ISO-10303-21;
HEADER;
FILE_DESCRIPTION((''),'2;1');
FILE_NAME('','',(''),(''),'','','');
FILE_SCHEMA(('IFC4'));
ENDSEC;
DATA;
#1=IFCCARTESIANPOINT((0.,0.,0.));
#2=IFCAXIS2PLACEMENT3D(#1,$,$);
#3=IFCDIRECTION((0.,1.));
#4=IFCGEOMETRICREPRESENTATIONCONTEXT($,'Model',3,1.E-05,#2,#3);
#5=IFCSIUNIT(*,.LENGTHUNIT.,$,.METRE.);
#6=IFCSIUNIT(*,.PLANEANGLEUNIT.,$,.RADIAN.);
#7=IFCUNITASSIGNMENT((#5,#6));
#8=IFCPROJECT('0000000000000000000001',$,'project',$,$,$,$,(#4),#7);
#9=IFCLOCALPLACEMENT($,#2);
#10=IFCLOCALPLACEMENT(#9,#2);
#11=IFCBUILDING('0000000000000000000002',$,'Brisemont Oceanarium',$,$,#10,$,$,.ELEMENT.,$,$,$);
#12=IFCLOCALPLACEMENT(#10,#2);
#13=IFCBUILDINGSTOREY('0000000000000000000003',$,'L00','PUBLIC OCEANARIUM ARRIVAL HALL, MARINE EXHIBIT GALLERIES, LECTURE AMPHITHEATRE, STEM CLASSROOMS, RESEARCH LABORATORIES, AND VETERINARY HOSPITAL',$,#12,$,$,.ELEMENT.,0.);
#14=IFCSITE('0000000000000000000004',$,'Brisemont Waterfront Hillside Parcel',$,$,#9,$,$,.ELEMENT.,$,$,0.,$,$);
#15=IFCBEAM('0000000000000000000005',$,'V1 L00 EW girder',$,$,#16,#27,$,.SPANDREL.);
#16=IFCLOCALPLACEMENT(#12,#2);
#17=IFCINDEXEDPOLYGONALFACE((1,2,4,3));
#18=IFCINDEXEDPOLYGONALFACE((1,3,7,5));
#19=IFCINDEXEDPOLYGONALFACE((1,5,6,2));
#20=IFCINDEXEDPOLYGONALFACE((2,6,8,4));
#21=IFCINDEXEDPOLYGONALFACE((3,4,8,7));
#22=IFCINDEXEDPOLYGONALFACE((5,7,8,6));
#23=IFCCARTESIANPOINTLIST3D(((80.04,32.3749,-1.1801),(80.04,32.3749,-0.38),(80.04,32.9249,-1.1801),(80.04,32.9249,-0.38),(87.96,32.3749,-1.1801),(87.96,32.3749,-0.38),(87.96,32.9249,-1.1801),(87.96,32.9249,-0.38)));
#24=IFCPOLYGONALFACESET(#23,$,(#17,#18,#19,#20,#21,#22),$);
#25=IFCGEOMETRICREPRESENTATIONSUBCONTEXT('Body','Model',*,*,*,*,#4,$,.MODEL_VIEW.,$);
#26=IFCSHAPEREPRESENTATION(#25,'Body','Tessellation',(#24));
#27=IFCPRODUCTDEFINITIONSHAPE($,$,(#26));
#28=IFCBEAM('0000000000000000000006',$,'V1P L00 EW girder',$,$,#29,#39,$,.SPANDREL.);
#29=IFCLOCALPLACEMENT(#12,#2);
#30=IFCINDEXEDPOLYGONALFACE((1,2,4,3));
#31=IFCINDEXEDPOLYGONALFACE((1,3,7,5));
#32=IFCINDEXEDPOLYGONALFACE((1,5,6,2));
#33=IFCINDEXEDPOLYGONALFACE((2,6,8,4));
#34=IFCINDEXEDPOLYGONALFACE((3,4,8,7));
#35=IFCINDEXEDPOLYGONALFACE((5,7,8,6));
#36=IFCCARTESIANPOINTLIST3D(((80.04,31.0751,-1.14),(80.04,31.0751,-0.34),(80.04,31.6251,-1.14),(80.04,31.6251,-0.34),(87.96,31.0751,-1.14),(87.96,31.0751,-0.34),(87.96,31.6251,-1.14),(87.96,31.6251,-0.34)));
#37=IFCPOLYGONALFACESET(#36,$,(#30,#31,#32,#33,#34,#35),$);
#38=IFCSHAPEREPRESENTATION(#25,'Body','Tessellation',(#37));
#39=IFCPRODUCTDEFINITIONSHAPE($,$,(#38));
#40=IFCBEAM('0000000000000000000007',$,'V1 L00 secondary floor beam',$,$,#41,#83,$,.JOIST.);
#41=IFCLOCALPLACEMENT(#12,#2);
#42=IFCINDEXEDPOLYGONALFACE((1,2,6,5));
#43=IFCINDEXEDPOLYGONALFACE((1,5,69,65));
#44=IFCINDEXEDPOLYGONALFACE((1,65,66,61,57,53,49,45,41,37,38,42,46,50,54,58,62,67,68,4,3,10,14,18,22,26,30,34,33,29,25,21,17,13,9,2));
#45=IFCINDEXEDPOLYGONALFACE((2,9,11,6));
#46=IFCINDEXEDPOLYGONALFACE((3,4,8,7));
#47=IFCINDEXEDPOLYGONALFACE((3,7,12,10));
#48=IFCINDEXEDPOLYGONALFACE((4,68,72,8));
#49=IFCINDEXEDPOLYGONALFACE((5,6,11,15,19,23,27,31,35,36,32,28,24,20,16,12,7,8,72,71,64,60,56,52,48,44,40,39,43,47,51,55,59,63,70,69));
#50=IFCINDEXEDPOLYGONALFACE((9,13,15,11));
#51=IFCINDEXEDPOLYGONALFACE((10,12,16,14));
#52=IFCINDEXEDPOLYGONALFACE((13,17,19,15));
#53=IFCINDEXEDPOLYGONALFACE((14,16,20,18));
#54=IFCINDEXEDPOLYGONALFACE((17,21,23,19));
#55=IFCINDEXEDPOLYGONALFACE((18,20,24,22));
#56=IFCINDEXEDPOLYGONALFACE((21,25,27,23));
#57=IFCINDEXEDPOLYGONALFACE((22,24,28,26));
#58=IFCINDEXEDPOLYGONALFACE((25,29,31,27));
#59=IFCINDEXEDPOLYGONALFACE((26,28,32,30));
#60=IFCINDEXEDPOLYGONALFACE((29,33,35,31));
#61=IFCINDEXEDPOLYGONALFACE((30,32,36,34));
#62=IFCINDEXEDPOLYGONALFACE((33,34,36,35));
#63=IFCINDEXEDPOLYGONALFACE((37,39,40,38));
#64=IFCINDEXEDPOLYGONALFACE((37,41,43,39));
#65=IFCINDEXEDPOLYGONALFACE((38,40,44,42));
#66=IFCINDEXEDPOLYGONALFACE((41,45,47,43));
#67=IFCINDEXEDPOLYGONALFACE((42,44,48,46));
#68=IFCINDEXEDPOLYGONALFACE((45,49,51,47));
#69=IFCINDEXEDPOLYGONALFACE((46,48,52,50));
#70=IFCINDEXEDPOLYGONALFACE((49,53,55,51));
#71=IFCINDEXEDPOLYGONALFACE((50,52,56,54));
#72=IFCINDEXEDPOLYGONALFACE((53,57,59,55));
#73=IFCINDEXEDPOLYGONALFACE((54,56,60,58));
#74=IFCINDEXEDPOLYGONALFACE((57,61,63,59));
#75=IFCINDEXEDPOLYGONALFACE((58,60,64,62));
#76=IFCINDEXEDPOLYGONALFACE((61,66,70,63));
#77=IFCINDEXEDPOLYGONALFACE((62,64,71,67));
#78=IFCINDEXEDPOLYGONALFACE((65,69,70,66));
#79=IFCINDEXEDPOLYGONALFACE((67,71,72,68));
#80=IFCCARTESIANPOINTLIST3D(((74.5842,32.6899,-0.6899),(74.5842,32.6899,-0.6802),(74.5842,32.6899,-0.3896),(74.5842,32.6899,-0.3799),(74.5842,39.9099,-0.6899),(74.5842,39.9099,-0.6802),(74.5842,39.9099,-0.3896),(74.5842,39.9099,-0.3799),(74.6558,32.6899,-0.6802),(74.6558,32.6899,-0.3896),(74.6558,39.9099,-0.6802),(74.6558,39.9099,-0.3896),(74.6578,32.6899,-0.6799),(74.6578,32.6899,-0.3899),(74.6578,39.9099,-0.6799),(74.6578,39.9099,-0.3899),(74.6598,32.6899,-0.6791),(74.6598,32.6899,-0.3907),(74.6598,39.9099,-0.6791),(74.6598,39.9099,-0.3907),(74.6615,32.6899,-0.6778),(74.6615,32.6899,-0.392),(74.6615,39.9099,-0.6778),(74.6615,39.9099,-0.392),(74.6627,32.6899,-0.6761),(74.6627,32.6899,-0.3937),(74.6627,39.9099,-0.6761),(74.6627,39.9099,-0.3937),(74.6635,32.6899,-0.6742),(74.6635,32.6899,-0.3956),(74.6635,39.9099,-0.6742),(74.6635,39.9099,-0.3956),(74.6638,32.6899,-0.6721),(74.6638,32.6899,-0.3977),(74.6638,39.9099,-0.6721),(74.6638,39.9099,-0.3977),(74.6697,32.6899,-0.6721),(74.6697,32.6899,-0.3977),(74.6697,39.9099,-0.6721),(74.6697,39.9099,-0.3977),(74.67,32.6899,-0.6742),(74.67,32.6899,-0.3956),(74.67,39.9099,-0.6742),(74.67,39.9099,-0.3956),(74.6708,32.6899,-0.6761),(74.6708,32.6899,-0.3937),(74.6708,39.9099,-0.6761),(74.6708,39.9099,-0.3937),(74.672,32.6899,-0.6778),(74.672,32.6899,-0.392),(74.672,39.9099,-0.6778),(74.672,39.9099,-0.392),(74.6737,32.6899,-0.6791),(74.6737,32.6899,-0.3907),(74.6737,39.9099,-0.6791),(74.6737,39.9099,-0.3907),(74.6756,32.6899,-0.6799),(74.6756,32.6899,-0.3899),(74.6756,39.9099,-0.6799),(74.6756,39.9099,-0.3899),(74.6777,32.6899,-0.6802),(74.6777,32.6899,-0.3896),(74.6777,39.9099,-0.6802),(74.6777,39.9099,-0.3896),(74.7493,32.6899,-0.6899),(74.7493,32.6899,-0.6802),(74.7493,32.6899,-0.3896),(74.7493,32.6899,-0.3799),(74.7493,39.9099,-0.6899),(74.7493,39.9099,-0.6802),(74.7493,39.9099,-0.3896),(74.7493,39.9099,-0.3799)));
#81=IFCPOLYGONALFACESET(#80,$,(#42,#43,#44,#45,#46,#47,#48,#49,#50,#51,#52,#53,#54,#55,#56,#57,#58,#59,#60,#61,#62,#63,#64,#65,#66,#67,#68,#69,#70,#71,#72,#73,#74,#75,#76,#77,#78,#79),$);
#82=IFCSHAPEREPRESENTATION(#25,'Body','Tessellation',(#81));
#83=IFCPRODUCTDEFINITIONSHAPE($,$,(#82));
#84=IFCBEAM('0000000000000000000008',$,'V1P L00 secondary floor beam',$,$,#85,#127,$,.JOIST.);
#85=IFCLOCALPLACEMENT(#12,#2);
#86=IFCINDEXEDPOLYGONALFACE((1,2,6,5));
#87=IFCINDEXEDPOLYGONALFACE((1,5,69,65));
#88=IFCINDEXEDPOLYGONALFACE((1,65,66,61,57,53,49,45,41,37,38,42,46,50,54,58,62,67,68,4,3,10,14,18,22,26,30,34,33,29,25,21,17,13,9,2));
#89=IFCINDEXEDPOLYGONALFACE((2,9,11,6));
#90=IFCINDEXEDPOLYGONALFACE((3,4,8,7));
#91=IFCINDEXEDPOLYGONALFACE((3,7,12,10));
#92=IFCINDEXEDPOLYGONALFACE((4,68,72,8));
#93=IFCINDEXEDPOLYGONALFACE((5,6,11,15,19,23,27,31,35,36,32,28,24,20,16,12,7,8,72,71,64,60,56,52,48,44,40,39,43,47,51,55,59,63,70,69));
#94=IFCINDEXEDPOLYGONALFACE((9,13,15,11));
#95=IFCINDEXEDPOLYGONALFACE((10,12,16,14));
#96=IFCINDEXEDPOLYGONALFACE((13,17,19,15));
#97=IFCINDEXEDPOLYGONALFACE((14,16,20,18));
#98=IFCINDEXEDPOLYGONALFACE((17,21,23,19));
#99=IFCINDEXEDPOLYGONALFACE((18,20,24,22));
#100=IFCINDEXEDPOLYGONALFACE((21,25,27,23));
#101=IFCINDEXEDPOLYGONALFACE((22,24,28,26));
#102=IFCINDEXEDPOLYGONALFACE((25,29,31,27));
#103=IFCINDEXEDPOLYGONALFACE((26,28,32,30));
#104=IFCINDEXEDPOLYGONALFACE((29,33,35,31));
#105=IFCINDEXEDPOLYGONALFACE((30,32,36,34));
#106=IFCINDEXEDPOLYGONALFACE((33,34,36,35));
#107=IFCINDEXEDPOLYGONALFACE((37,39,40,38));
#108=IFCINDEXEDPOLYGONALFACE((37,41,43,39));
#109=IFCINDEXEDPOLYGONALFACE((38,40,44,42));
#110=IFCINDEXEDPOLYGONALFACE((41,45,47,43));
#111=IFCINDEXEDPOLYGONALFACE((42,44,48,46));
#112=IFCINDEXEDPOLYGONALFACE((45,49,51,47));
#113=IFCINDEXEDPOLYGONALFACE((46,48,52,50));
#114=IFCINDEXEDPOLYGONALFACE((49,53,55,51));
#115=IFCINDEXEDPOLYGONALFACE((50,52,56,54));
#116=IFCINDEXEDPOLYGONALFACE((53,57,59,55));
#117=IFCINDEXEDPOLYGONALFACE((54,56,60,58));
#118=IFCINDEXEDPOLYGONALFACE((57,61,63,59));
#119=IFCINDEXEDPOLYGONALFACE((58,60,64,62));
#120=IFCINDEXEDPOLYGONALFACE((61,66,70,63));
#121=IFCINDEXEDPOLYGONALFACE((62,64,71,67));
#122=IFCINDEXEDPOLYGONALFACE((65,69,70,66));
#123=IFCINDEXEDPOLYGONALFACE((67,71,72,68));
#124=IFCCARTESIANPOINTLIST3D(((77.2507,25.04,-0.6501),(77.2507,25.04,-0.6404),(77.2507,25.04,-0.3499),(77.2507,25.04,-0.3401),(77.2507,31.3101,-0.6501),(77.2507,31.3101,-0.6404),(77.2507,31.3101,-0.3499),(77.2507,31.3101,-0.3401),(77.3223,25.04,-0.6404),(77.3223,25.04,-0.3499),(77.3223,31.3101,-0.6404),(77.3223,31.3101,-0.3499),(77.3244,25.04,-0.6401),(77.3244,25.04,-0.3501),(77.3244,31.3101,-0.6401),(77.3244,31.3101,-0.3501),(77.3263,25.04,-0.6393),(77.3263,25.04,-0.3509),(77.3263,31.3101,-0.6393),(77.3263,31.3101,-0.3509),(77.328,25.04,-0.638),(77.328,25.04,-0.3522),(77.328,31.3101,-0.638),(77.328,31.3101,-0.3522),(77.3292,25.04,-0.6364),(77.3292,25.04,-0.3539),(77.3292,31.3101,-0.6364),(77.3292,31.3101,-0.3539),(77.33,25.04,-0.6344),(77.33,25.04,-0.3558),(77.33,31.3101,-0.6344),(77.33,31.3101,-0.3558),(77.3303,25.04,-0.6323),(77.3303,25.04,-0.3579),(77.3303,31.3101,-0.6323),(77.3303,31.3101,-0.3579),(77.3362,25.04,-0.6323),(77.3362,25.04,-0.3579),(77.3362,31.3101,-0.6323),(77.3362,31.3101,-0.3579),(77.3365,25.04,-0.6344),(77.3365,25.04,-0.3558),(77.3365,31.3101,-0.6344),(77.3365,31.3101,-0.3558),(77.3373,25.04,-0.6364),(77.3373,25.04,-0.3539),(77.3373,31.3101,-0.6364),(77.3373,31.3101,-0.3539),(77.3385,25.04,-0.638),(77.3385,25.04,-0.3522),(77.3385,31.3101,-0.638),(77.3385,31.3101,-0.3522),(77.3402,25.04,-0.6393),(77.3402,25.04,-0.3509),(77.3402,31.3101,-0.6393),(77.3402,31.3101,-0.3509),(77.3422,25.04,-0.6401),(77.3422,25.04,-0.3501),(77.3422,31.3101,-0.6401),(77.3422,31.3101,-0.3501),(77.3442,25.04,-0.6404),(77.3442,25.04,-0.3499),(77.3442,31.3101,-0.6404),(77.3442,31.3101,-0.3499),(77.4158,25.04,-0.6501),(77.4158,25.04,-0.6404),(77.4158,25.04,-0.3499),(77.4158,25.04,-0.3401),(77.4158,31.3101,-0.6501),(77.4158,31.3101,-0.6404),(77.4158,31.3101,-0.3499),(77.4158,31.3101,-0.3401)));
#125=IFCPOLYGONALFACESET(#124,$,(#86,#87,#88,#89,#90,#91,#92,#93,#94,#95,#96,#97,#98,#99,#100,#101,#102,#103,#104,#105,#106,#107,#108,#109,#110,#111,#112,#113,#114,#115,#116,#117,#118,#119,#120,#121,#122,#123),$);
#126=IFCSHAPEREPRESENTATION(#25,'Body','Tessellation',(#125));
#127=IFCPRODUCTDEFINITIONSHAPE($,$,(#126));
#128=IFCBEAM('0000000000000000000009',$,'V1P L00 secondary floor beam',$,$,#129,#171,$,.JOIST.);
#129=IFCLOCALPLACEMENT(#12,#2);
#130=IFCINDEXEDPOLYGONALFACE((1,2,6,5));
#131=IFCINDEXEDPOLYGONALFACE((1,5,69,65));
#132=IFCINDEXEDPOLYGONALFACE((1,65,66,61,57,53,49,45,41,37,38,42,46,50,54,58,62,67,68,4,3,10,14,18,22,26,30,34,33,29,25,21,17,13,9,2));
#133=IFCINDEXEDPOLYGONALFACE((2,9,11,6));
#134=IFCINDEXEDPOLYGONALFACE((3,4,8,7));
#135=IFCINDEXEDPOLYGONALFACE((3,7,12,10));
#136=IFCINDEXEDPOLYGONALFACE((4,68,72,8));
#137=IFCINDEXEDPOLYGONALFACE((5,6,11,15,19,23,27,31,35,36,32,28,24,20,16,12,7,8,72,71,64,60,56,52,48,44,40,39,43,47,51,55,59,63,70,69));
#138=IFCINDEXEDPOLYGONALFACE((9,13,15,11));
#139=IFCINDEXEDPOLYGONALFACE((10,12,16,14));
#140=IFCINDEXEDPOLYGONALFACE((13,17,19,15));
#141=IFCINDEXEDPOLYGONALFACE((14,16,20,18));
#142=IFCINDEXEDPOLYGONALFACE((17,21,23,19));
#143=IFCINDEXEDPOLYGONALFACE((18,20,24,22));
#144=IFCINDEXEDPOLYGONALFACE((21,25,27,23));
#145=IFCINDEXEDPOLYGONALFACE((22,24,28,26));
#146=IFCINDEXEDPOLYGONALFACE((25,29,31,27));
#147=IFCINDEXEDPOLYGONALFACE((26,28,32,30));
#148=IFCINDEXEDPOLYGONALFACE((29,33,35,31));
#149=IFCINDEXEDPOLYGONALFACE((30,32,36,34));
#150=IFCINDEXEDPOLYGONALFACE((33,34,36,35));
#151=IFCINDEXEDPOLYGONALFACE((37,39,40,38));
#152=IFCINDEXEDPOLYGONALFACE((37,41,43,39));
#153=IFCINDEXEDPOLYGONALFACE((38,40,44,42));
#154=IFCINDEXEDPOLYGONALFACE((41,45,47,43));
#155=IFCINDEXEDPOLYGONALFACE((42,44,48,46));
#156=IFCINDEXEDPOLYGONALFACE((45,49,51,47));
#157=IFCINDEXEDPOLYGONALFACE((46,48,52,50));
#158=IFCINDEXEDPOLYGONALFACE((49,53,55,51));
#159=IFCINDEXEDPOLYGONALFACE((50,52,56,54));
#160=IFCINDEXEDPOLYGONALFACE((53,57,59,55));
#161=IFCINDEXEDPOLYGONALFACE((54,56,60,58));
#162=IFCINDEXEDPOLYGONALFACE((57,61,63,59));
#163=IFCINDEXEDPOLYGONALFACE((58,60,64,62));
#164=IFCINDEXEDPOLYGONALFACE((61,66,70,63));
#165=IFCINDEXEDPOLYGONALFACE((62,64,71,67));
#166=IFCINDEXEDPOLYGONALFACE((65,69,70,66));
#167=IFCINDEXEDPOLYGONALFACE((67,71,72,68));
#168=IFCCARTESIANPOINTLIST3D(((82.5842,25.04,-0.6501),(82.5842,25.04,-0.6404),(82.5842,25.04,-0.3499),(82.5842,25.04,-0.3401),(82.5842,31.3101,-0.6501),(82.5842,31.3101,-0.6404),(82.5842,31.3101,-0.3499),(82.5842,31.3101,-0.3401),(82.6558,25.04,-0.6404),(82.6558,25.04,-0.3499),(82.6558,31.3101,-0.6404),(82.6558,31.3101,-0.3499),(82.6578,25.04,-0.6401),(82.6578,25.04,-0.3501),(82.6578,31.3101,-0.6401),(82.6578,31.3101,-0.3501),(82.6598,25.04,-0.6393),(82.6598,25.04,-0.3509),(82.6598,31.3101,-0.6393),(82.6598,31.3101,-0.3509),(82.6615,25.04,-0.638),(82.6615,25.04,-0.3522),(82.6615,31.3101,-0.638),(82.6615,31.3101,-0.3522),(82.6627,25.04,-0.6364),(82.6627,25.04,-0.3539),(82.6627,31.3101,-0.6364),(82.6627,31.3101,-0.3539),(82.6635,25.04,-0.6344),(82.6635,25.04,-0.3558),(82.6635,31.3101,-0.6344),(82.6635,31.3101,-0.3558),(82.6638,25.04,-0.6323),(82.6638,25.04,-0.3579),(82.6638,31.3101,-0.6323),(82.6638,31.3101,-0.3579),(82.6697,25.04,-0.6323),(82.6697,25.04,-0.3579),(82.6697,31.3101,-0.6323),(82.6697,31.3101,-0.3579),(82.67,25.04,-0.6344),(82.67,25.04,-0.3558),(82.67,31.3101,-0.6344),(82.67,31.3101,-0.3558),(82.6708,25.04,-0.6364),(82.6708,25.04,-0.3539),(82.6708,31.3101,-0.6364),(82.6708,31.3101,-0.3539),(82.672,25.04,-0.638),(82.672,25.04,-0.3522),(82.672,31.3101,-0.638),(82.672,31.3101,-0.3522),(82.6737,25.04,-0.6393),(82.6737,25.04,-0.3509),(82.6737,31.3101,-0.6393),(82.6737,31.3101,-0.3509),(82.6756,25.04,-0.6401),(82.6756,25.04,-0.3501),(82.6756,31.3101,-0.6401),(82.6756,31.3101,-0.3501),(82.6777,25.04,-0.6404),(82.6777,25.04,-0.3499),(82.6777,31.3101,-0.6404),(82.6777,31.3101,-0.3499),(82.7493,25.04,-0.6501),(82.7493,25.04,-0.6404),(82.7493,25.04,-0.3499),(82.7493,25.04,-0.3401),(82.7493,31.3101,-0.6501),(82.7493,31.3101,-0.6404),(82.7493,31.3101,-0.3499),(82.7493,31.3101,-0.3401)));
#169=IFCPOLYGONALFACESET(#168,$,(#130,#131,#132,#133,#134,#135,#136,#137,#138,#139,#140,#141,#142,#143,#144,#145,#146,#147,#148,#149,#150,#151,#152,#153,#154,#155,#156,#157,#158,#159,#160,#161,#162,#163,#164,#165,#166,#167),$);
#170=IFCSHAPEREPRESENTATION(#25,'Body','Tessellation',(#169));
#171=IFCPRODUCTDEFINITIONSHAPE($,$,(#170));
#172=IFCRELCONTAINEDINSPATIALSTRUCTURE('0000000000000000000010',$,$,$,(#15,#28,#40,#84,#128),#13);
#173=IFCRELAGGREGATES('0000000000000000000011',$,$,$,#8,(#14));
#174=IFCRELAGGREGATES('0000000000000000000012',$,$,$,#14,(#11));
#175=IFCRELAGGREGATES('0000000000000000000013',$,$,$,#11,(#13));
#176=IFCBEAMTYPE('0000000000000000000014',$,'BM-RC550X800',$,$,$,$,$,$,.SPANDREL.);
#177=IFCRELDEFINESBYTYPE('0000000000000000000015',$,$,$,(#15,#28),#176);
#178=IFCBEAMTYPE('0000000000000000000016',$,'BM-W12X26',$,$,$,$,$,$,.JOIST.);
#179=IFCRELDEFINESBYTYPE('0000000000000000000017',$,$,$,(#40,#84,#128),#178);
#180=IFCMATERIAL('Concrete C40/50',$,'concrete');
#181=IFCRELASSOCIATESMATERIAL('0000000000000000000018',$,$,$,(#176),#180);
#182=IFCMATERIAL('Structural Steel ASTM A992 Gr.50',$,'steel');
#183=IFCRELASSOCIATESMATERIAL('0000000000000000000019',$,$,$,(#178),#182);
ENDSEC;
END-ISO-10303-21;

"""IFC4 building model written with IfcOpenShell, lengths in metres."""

from ifc_helpers import new_model, si_unit, direction, frame, origin, origin_2d, place, context, subcontext, project, spatial, rectangle, i_section, extrude, material, material_profile, profile_set, type_object, element, save


model = new_model("IFC4")

# Units and contexts
model_context = context("Model", 3, precision=1e-05, world=origin(), true_north=direction((0.0, 1.0)))
body_context = subcontext(model_context, "Body", "Model", "MODEL_VIEW")
ifc_project = project(units=[si_unit("LENGTHUNIT", "METRE"), si_unit("PLANEANGLEUNIT", "RADIAN")], contexts=[model_context])

# Site, building, storey
site_placement = place(None, origin())
site = spatial("IfcSite", under=ifc_project, at=site_placement, Name="Brisemont Waterfront Hillside Parcel", CompositionType="ELEMENT", RefElevation=0.0)
building_placement = place(site_placement, origin())
building = spatial("IfcBuilding", under=site, at=building_placement, Name="Brisemont Oceanarium", CompositionType="ELEMENT")
storey_placement = place(building_placement, origin())
storey = spatial("IfcBuildingStorey", under=building, at=storey_placement, Name="L00", Description="PUBLIC OCEANARIUM ARRIVAL HALL, MARINE EXHIBIT GALLERIES, LECTURE AMPHITHEATRE, STEM CLASSROOMS, RESEARCH LABORATORIES, AND VETERINARY HOSPITAL", CompositionType="ELEMENT", Elevation=0.0)

# Beams
ifc_material_1 = material(Name="Concrete C40/50", Category="concrete")
ifc_material_profile_1 = material_profile(ifc_material_1, rectangle(XDim=0.55, YDim=0.8, at=origin_2d()), Name="RC-BM-550X800")
ifc_profile_set_1 = profile_set([ifc_material_profile_1], Name="Concrete C40/50")
beam_type_1 = type_object("IfcBeamType", Name="BM-RC550X800", PredefinedType="SPANDREL", material=ifc_profile_set_1)
for number, where, z_axis, x_axis, name in (
    (1, (80.04, 32.6499, -0.78), (1.0, 0.0, 0.0), (0.0, 1.0, 0.0), "V1 L00 EW girder"),
    (2, (80.04, 31.3501, -0.74), (1.0, 0.0, 0.0), (0.0, 1.0, 0.0), "V1P L00 EW girder"),
):
    element("IfcBeam", number, at=place(storey_placement, frame(where, z_axis=z_axis, x_axis=x_axis)), inside=storey, type_object=beam_type_1, Name=name, PredefinedType="SPANDREL", context=body_context, shape_type="SweptSolid", body=[
        extrude(rectangle(XDim=0.55, YDim=0.8, at=origin_2d()), origin(), (0.0, 0.0, 1.0), 7.9199),
    ])
ifc_material_2 = material(Name="Structural Steel ASTM A992 Gr.50", Category="steel")
ifc_material_profile_2 = material_profile(ifc_material_2, i_section(OverallWidth=0.165, OverallDepth=0.3101, WebThickness=0.0059, FlangeThickness=0.0098, FilletRadius=0.0081, at=origin_2d()), Name="W12X26")
ifc_profile_set_2 = profile_set([ifc_material_profile_2], Name="Structural Steel ASTM A992 Gr.50")
beam_type_2 = type_object("IfcBeamType", Name="BM-W12X26", PredefinedType="JOIST", material=ifc_profile_set_2)
beam_1_placement = place(storey_placement, frame((74.6667, 32.6899, -0.5349), z_axis=(0.0, 1.0, 0.0), x_axis=(-1.0, 0.0, 0.0)))
element("IfcBeam", 3, at=beam_1_placement, inside=storey, type_object=beam_type_2, Name="V1 L00 secondary floor beam", PredefinedType="JOIST", context=body_context, shape_type="SweptSolid", body=[
    extrude(i_section(OverallWidth=0.165, OverallDepth=0.3101, WebThickness=0.0059, FlangeThickness=0.0098, FilletRadius=0.0081, at=origin_2d()), origin(), (0.0, 0.0, 1.0), 7.22),
])
for number, where, z_axis, x_axis, name in (
    (4, (77.3333, 25.04, -0.4951), (0.0, 1.0, 0.0), (-1.0, 0.0, 0.0), "V1P L00 secondary floor beam"),
    (5, (82.6667, 25.04, -0.4951), (0.0, 1.0, 0.0), (-1.0, 0.0, 0.0), "V1P L00 secondary floor beam"),
):
    element("IfcBeam", number, at=place(storey_placement, frame(where, z_axis=z_axis, x_axis=x_axis)), inside=storey, type_object=beam_type_2, Name=name, PredefinedType="JOIST", context=body_context, shape_type="SweptSolid", body=[
        extrude(i_section(OverallWidth=0.165, OverallDepth=0.3101, WebThickness=0.0059, FlangeThickness=0.0098, FilletRadius=0.0081, at=origin_2d()), origin(), (0.0, 0.0, 1.0), 6.27),
    ])

save(model, "model.ifc")
